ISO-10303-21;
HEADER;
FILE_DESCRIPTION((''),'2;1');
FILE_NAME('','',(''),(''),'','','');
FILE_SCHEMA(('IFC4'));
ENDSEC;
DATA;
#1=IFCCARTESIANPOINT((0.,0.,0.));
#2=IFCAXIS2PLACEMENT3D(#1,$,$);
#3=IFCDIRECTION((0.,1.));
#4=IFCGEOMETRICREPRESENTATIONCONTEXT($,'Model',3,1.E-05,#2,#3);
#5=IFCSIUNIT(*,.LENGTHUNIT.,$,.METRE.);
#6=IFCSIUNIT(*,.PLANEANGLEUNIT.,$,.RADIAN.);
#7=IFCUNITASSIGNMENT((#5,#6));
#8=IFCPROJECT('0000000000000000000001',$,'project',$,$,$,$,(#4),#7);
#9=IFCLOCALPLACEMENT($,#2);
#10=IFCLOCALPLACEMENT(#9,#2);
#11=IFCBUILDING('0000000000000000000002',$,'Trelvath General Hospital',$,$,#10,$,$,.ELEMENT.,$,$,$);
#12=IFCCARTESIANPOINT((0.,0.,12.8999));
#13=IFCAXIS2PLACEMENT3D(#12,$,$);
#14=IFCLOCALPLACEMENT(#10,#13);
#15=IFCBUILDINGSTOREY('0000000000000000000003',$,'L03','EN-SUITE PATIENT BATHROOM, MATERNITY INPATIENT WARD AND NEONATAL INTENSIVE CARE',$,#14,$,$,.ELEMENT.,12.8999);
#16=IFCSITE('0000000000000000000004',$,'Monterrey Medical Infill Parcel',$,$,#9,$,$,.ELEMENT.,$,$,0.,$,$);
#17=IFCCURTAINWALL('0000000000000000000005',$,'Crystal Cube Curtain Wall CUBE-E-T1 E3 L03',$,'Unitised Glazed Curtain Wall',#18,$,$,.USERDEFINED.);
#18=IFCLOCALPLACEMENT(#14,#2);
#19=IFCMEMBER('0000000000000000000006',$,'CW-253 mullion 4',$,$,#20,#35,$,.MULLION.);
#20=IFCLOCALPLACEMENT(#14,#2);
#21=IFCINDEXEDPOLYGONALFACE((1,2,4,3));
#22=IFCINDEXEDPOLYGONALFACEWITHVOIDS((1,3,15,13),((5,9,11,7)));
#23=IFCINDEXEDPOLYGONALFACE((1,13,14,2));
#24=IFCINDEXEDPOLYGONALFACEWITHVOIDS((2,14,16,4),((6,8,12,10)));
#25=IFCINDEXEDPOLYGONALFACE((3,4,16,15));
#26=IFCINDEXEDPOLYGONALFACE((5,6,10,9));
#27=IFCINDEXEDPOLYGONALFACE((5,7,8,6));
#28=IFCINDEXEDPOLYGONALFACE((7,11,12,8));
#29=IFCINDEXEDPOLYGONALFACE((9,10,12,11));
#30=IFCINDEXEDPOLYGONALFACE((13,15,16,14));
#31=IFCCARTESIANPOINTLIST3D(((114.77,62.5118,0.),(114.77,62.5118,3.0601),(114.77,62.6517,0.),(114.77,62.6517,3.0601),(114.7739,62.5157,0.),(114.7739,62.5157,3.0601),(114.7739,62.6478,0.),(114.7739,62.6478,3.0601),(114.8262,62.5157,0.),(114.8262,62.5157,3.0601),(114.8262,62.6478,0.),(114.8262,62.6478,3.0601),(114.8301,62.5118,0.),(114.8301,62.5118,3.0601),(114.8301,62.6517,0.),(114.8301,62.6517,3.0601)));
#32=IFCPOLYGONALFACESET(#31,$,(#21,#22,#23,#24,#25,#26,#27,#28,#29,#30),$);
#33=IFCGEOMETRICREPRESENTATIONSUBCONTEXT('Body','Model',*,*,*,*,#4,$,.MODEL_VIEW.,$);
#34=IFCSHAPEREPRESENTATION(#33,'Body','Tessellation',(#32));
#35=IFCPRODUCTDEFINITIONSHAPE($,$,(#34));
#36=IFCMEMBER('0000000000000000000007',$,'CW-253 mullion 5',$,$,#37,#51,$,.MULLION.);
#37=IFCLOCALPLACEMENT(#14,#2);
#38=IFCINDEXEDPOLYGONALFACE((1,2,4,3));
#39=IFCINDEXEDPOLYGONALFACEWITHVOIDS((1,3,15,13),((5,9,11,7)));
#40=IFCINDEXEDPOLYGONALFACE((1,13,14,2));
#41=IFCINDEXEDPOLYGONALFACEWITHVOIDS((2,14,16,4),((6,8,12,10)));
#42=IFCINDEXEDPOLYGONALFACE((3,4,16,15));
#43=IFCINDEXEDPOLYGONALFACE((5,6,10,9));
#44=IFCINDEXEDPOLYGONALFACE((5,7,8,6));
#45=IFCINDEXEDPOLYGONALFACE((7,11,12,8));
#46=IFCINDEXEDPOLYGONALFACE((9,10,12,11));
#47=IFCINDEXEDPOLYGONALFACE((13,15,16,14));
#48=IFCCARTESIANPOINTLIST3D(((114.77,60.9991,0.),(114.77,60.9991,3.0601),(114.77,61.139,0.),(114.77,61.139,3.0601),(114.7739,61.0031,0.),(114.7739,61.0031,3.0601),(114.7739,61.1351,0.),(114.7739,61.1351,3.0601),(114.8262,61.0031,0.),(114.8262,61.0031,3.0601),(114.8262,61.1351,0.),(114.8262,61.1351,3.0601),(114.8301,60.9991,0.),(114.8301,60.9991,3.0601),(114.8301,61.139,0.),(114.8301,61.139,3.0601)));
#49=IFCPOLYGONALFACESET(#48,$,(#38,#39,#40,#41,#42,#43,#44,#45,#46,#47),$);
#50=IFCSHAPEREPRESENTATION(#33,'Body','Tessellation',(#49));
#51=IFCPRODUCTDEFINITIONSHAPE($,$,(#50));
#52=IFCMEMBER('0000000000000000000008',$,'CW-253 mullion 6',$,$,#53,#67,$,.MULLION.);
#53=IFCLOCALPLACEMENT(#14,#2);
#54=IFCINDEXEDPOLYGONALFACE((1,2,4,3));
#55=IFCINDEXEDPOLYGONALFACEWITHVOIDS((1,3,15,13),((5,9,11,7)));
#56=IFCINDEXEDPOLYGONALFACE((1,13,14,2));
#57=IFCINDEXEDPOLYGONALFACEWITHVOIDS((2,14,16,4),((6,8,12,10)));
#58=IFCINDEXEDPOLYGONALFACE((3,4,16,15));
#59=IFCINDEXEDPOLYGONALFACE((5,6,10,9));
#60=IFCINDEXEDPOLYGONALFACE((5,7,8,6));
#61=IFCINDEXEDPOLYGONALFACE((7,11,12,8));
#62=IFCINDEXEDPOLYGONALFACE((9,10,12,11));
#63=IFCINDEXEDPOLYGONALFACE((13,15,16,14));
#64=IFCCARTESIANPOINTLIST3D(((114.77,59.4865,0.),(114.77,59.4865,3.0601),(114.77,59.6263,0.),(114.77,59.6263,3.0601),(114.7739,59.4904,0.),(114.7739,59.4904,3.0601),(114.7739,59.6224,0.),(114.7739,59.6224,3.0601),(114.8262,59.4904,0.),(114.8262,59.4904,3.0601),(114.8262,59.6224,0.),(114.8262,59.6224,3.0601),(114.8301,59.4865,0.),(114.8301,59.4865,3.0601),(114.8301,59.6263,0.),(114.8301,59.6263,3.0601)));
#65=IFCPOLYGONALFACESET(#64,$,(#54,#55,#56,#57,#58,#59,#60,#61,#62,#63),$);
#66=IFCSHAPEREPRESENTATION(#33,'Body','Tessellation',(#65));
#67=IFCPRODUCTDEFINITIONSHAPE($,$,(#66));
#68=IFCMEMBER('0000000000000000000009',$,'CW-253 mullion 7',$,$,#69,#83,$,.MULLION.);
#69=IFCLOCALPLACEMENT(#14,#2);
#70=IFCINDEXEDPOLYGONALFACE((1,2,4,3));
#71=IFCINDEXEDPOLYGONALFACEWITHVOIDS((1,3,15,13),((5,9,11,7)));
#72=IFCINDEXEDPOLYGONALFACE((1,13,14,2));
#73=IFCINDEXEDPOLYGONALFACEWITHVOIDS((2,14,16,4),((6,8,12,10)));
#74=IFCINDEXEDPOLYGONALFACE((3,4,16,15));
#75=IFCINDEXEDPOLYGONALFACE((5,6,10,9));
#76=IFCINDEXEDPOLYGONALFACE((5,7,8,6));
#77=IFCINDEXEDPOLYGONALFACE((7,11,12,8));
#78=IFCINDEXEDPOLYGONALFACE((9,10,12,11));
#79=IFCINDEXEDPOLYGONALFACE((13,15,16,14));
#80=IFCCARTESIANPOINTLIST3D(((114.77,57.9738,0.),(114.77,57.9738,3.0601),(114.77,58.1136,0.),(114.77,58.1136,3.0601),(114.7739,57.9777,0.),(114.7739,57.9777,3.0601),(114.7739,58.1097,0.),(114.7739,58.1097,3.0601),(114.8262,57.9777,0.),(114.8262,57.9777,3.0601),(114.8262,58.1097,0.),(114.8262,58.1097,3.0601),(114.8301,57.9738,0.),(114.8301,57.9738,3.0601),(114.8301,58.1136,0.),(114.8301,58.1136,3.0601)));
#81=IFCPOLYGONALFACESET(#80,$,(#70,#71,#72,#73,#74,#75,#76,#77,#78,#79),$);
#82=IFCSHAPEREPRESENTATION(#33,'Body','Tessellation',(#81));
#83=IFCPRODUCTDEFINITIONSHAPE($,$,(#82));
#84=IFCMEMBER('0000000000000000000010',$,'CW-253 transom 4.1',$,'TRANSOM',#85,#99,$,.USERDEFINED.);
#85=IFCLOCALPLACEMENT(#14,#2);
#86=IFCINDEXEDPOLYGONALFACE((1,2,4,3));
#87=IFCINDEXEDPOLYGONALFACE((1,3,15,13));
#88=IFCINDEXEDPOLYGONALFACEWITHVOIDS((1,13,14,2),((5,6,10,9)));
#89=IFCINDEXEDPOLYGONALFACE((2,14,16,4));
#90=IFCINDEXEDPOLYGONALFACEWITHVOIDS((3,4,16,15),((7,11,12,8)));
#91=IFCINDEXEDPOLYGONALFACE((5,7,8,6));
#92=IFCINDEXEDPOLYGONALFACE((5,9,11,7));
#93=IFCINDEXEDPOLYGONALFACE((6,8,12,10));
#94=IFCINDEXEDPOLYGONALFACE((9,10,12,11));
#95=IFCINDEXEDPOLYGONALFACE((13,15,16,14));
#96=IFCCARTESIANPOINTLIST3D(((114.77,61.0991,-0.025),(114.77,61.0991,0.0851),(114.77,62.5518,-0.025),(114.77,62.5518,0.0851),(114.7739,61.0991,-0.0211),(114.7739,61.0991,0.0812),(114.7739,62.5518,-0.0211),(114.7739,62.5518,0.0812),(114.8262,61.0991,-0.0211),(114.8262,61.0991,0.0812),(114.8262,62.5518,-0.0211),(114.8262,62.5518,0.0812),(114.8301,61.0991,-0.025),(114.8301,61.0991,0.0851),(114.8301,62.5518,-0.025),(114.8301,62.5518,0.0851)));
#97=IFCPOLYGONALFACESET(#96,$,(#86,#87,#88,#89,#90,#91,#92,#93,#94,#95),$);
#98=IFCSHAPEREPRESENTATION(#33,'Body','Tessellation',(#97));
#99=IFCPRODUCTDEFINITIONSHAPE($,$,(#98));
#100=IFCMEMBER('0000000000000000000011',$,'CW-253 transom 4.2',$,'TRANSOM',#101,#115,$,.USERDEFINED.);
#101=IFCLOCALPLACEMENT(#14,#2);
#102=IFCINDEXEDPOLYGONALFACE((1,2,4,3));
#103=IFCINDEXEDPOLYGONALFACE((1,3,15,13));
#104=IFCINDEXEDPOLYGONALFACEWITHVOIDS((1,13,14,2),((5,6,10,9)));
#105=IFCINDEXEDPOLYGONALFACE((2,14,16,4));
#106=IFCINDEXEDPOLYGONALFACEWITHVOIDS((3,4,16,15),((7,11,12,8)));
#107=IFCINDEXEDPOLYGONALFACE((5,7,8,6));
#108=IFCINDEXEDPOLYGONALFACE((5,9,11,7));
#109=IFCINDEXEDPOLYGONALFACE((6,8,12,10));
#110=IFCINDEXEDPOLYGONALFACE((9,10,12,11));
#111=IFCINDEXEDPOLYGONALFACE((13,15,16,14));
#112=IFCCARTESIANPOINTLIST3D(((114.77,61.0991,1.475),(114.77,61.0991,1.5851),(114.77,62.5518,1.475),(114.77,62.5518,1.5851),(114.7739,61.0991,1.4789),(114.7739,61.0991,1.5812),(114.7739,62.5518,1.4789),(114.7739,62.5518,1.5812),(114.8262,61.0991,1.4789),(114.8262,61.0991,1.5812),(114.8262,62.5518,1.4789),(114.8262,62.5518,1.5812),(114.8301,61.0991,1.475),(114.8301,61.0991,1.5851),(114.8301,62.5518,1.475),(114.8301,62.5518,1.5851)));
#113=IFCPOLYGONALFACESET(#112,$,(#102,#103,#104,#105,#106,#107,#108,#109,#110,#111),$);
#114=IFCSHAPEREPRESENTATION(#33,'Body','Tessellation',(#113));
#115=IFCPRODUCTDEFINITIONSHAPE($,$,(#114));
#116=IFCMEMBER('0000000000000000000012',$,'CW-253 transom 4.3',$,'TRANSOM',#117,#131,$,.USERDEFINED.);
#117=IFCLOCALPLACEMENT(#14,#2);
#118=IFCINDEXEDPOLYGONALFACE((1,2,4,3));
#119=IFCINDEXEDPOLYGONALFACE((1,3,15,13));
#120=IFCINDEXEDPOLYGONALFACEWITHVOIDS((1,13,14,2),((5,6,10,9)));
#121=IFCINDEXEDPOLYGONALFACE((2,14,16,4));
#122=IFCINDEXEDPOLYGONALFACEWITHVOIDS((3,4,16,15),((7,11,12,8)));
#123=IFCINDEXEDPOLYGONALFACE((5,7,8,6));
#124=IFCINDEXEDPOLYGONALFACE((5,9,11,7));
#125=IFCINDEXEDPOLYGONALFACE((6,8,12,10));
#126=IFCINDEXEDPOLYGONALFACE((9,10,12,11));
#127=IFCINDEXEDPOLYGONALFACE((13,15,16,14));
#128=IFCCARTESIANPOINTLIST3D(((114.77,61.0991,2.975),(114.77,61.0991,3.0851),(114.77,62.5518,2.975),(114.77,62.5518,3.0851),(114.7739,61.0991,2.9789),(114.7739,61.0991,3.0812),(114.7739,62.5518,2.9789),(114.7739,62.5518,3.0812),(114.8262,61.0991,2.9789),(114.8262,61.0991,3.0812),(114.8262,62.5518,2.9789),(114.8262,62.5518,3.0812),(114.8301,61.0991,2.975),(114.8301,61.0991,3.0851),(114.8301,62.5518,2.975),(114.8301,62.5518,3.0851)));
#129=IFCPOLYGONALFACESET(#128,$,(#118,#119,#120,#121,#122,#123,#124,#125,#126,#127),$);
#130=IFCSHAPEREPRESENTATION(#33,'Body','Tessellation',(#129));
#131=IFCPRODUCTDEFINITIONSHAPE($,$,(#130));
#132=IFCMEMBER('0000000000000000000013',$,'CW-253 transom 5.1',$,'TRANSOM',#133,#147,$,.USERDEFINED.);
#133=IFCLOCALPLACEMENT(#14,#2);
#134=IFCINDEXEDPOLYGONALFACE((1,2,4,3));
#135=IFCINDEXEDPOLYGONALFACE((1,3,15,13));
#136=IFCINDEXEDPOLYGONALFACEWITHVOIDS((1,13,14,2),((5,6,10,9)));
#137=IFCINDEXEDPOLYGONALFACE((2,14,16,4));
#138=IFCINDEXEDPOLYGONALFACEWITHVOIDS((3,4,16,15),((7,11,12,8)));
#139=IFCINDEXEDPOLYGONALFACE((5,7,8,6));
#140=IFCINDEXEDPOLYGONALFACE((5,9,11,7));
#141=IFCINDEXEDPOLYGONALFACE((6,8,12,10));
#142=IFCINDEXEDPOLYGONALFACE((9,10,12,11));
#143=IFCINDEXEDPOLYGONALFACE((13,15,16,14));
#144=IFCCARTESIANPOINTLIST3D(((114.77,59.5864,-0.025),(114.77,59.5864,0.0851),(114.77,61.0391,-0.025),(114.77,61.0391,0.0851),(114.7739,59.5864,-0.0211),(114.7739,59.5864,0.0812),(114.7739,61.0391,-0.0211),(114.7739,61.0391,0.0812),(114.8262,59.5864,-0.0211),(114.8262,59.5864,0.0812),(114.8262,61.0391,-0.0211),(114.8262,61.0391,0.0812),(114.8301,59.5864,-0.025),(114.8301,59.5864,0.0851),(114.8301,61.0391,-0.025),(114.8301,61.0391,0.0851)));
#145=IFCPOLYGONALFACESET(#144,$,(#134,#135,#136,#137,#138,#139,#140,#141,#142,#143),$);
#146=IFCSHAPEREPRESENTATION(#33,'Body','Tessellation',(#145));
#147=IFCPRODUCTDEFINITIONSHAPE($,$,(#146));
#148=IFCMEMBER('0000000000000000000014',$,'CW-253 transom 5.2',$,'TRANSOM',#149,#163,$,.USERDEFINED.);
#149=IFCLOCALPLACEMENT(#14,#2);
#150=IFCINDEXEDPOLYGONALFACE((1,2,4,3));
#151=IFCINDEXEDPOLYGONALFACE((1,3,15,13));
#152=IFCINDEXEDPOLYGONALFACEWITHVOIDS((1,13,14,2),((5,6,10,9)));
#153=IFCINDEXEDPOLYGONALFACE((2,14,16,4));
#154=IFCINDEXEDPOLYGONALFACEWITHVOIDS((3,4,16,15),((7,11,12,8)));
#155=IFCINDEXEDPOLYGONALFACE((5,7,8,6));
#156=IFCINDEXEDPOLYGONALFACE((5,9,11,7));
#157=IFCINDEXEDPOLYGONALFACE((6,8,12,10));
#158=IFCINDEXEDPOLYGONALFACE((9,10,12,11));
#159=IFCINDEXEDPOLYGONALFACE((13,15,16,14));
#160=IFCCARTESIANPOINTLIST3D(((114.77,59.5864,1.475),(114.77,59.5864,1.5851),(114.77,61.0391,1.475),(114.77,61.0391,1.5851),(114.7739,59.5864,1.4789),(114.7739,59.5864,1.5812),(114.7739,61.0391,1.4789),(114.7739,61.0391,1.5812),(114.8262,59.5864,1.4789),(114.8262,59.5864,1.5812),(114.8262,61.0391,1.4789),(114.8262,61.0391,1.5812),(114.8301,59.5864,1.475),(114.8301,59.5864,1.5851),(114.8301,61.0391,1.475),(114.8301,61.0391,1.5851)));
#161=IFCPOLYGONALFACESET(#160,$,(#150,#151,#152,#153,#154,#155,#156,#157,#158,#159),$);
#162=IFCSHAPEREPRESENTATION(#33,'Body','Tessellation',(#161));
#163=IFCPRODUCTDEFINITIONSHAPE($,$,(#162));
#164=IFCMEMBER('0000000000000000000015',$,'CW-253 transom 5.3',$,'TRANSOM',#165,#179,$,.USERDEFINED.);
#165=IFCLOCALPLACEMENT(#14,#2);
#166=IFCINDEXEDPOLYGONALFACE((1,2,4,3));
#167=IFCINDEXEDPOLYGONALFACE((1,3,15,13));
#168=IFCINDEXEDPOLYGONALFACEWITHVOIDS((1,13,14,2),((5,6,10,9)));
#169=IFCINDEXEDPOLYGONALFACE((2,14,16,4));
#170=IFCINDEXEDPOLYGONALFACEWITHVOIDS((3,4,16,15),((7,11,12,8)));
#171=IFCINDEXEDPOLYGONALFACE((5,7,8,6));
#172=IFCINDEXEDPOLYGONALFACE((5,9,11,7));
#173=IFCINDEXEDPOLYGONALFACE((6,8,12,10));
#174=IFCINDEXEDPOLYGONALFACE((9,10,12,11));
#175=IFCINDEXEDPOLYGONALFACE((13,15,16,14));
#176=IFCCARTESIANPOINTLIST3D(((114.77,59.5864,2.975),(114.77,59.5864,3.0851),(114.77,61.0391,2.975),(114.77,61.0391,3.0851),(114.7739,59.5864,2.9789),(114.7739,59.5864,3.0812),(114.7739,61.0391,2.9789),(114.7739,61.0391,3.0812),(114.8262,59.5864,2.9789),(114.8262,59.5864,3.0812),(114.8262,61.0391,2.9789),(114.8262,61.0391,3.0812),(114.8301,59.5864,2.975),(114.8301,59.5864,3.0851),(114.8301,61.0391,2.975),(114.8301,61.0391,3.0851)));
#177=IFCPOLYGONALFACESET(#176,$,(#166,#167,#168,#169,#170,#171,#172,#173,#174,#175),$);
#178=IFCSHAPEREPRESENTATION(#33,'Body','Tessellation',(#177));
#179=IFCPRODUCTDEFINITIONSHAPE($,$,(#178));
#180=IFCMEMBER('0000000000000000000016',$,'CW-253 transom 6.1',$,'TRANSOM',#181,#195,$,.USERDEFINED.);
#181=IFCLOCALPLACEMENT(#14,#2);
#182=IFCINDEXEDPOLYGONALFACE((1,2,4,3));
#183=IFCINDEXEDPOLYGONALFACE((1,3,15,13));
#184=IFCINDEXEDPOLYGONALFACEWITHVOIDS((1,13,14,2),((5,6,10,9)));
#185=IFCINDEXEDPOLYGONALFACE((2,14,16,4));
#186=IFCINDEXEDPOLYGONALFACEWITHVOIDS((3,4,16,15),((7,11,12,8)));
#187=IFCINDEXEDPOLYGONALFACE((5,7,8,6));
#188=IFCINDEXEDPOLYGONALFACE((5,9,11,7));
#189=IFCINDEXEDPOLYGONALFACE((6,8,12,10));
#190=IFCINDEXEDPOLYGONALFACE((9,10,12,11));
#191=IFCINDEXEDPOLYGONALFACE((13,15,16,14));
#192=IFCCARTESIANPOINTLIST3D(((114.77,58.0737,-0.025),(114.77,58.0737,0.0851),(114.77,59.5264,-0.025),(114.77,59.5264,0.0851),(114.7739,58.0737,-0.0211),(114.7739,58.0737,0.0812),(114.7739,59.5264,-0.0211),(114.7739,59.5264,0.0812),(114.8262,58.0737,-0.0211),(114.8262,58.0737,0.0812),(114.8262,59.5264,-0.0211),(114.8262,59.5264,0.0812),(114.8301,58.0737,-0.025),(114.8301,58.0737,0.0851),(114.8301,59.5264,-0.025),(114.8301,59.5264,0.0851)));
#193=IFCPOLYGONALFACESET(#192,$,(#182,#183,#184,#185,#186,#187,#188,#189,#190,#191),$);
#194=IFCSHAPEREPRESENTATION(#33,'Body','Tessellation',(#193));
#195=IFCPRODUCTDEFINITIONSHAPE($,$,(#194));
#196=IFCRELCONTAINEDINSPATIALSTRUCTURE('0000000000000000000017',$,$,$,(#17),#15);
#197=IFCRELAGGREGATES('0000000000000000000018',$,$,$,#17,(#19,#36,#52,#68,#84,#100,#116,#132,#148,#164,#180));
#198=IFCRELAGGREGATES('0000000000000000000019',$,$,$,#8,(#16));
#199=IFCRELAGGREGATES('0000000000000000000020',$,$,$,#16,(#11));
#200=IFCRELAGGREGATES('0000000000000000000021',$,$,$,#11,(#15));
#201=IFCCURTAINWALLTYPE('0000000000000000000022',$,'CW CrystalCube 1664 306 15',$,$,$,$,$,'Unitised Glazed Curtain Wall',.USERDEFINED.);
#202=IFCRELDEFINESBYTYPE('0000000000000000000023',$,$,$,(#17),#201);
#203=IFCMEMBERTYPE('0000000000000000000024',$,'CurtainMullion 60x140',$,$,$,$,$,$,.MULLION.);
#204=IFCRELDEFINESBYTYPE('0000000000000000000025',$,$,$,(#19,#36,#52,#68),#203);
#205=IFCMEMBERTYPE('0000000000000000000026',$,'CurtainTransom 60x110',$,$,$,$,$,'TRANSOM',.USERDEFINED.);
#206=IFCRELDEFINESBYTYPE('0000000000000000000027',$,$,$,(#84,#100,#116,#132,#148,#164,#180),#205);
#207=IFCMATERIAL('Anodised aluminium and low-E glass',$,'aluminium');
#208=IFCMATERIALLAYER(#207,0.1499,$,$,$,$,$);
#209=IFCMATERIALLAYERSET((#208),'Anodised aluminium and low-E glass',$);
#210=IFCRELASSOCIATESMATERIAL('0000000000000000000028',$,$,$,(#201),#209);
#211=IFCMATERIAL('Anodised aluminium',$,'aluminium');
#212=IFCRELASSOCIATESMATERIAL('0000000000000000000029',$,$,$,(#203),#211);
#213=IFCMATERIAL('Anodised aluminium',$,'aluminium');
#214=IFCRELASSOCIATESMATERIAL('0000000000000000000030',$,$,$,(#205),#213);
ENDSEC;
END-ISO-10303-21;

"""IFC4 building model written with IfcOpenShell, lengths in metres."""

from ifc_helpers import new_model, si_unit, direction, frame, origin, origin_2d, place, context, subcontext, project, spatial, hollow_rectangle, extrude, material, layer, layer_set, material_profile, profile_set, type_object, element, aggregate, save


model = new_model("IFC4")

# Units and contexts
model_context = context("Model", 3, precision=1e-05, world=origin(), true_north=direction((0.0, 1.0)))
body_context = subcontext(model_context, "Body", "Model", "MODEL_VIEW")
ifc_project = project(units=[si_unit("LENGTHUNIT", "METRE"), si_unit("PLANEANGLEUNIT", "RADIAN")], contexts=[model_context])

# Site, building, storey
site_placement = place(None, origin())
site = spatial("IfcSite", under=ifc_project, at=site_placement, Name="Monterrey Medical Infill Parcel", CompositionType="ELEMENT", RefElevation=0.0)
building_placement = place(site_placement, origin())
building = spatial("IfcBuilding", under=site, at=building_placement, Name="Trelvath General Hospital", CompositionType="ELEMENT")
storey_placement = place(building_placement, frame((0.0, 0.0, 12.8999)))
storey = spatial("IfcBuildingStorey", under=building, at=storey_placement, Name="L03", Description="EN-SUITE PATIENT BATHROOM, MATERNITY INPATIENT WARD AND NEONATAL INTENSIVE CARE", CompositionType="ELEMENT", Elevation=12.8999)

# Curtain wall, members
ifc_material_1 = material(Name="Anodised aluminium and low-E glass", Category="aluminium")
ifc_layer_1 = layer(ifc_material_1, 0.1499)
ifc_layer_set_1 = layer_set([ifc_layer_1], Name="Anodised aluminium and low-E glass")
curtain_wall_type = type_object("IfcCurtainWallType", Name="CW CrystalCube 1664 306 15", ElementType="Unitised Glazed Curtain Wall", PredefinedType="USERDEFINED", material=ifc_layer_set_1)
curtain_wall_placement = place(storey_placement, origin())
curtain_wall = element("IfcCurtainWall", 1, at=curtain_wall_placement, inside=storey, type_object=curtain_wall_type, Name="Crystal Cube Curtain Wall CUBE-E-T1 E3 L03", ObjectType="Unitised Glazed Curtain Wall", PredefinedType="USERDEFINED")
ifc_material_2 = material(Name="Anodised aluminium", Category="aluminium")
ifc_material_profile_1 = material_profile(ifc_material_2, hollow_rectangle(XDim=0.0601, YDim=0.1399, WallThickness=0.0039, at=origin_2d()), Name="RHS60x140x4")
ifc_profile_set_1 = profile_set([ifc_material_profile_1], Name="Anodised aluminium")
member_type_1 = type_object("IfcMemberType", Name="CurtainMullion 60x140", PredefinedType="MULLION", material=ifc_profile_set_1)
member_1_placement = place(storey_placement, frame((114.8, 62.5818, 0.0), z_axis=(0.0, 0.0, 1.0), x_axis=(1.0, 0.0, 0.0)))
member_1 = element("IfcMember", 2, at=member_1_placement, type_object=member_type_1, Name="CW-253 mullion 4", PredefinedType="MULLION", context=body_context, shape_type="SweptSolid", body=[
    extrude(hollow_rectangle(XDim=0.0601, YDim=0.1399, WallThickness=0.0039, at=origin_2d()), origin(), (0.0, 0.0, 1.0), 3.0601),
])
member_2_placement = place(storey_placement, frame((114.8, 61.0691, 0.0), z_axis=(0.0, 0.0, 1.0), x_axis=(1.0, 0.0, 0.0)))
member_2 = element("IfcMember", 3, at=member_2_placement, type_object=member_type_1, Name="CW-253 mullion 5", PredefinedType="MULLION", context=body_context, shape_type="SweptSolid", body=[
    extrude(hollow_rectangle(XDim=0.0601, YDim=0.1399, WallThickness=0.0039, at=origin_2d()), origin(), (0.0, 0.0, 1.0), 3.0601),
])
member_3_placement = place(storey_placement, frame((114.8, 59.5564, 0.0), z_axis=(0.0, 0.0, 1.0), x_axis=(1.0, 0.0, 0.0)))
member_3 = element("IfcMember", 4, at=member_3_placement, type_object=member_type_1, Name="CW-253 mullion 6", PredefinedType="MULLION", context=body_context, shape_type="SweptSolid", body=[
    extrude(hollow_rectangle(XDim=0.0601, YDim=0.1399, WallThickness=0.0039, at=origin_2d()), origin(), (0.0, 0.0, 1.0), 3.0601),
])
member_4_placement = place(storey_placement, frame((114.8, 58.0437, 0.0), z_axis=(0.0, 0.0, 1.0), x_axis=(1.0, 0.0, 0.0)))
member_4 = element("IfcMember", 5, at=member_4_placement, type_object=member_type_1, Name="CW-253 mullion 7", PredefinedType="MULLION", context=body_context, shape_type="SweptSolid", body=[
    extrude(hollow_rectangle(XDim=0.0601, YDim=0.1399, WallThickness=0.0039, at=origin_2d()), origin(), (0.0, 0.0, 1.0), 3.0601),
])
ifc_material_3 = material(Name="Anodised aluminium", Category="aluminium")
ifc_material_profile_2 = material_profile(ifc_material_3, hollow_rectangle(XDim=0.0601, YDim=0.1101, WallThickness=0.0039, at=origin_2d()), Name="RHS60x110x4")
ifc_profile_set_2 = profile_set([ifc_material_profile_2], Name="Anodised aluminium")
member_type_2 = type_object("IfcMemberType", Name="CurtainTransom 60x110", ElementType="TRANSOM", PredefinedType="USERDEFINED", material=ifc_profile_set_2)
member_5_placement = place(storey_placement, frame((114.8, 62.5518, 0.03), z_axis=(0.0, -1.0, 0.0), x_axis=(1.0, 0.0, 0.0)))
member_5 = element("IfcMember", 6, at=member_5_placement, type_object=member_type_2, Name="CW-253 transom 4.1", ObjectType="TRANSOM", PredefinedType="USERDEFINED", context=body_context, shape_type="SweptSolid", body=[
    extrude(hollow_rectangle(XDim=0.0601, YDim=0.1101, WallThickness=0.0039, at=origin_2d()), origin(), (0.0, 0.0, 1.0), 1.4526),
])
member_6_placement = place(storey_placement, frame((114.8, 62.5518, 1.53), z_axis=(0.0, -1.0, 0.0), x_axis=(1.0, 0.0, 0.0)))
member_6 = element("IfcMember", 7, at=member_6_placement, type_object=member_type_2, Name="CW-253 transom 4.2", ObjectType="TRANSOM", PredefinedType="USERDEFINED", context=body_context, shape_type="SweptSolid", body=[
    extrude(hollow_rectangle(XDim=0.0601, YDim=0.1101, WallThickness=0.0039, at=origin_2d()), origin(), (0.0, 0.0, 1.0), 1.4526),
])
member_7_placement = place(storey_placement, frame((114.8, 62.5518, 3.03), z_axis=(0.0, -1.0, 0.0), x_axis=(1.0, 0.0, 0.0)))
member_7 = element("IfcMember", 8, at=member_7_placement, type_object=member_type_2, Name="CW-253 transom 4.3", ObjectType="TRANSOM", PredefinedType="USERDEFINED", context=body_context, shape_type="SweptSolid", body=[
    extrude(hollow_rectangle(XDim=0.0601, YDim=0.1101, WallThickness=0.0039, at=origin_2d()), origin(), (0.0, 0.0, 1.0), 1.4526),
])
member_8_placement = place(storey_placement, frame((114.8, 61.0391, 0.03), z_axis=(0.0, -1.0, 0.0), x_axis=(1.0, 0.0, 0.0)))
member_8 = element("IfcMember", 9, at=member_8_placement, type_object=member_type_2, Name="CW-253 transom 5.1", ObjectType="TRANSOM", PredefinedType="USERDEFINED", context=body_context, shape_type="SweptSolid", body=[
    extrude(hollow_rectangle(XDim=0.0601, YDim=0.1101, WallThickness=0.0039, at=origin_2d()), origin(), (0.0, 0.0, 1.0), 1.4526),
])
member_9_placement = place(storey_placement, frame((114.8, 61.0391, 1.53), z_axis=(0.0, -1.0, 0.0), x_axis=(1.0, 0.0, 0.0)))
member_9 = element("IfcMember", 10, at=member_9_placement, type_object=member_type_2, Name="CW-253 transom 5.2", ObjectType="TRANSOM", PredefinedType="USERDEFINED", context=body_context, shape_type="SweptSolid", body=[
    extrude(hollow_rectangle(XDim=0.0601, YDim=0.1101, WallThickness=0.0039, at=origin_2d()), origin(), (0.0, 0.0, 1.0), 1.4526),
])
member_10_placement = place(storey_placement, frame((114.8, 61.0391, 3.03), z_axis=(0.0, -1.0, 0.0), x_axis=(1.0, 0.0, 0.0)))
member_10 = element("IfcMember", 11, at=member_10_placement, type_object=member_type_2, Name="CW-253 transom 5.3", ObjectType="TRANSOM", PredefinedType="USERDEFINED", context=body_context, shape_type="SweptSolid", body=[
    extrude(hollow_rectangle(XDim=0.0601, YDim=0.1101, WallThickness=0.0039, at=origin_2d()), origin(), (0.0, 0.0, 1.0), 1.4526),
])
member_11_placement = place(storey_placement, frame((114.8, 59.5264, 0.03), z_axis=(0.0, -1.0, 0.0), x_axis=(1.0, 0.0, 0.0)))
member_11 = element("IfcMember", 12, at=member_11_placement, type_object=member_type_2, Name="CW-253 transom 6.1", ObjectType="TRANSOM", PredefinedType="USERDEFINED", context=body_context, shape_type="SweptSolid", body=[
    extrude(hollow_rectangle(XDim=0.0601, YDim=0.1101, WallThickness=0.0039, at=origin_2d()), origin(), (0.0, 0.0, 1.0), 1.4526),
])
aggregate(curtain_wall, [member_1, member_2, member_3, member_4, member_5, member_6, member_7, member_8, member_9, member_10, member_11])

save(model, "model.ifc")
